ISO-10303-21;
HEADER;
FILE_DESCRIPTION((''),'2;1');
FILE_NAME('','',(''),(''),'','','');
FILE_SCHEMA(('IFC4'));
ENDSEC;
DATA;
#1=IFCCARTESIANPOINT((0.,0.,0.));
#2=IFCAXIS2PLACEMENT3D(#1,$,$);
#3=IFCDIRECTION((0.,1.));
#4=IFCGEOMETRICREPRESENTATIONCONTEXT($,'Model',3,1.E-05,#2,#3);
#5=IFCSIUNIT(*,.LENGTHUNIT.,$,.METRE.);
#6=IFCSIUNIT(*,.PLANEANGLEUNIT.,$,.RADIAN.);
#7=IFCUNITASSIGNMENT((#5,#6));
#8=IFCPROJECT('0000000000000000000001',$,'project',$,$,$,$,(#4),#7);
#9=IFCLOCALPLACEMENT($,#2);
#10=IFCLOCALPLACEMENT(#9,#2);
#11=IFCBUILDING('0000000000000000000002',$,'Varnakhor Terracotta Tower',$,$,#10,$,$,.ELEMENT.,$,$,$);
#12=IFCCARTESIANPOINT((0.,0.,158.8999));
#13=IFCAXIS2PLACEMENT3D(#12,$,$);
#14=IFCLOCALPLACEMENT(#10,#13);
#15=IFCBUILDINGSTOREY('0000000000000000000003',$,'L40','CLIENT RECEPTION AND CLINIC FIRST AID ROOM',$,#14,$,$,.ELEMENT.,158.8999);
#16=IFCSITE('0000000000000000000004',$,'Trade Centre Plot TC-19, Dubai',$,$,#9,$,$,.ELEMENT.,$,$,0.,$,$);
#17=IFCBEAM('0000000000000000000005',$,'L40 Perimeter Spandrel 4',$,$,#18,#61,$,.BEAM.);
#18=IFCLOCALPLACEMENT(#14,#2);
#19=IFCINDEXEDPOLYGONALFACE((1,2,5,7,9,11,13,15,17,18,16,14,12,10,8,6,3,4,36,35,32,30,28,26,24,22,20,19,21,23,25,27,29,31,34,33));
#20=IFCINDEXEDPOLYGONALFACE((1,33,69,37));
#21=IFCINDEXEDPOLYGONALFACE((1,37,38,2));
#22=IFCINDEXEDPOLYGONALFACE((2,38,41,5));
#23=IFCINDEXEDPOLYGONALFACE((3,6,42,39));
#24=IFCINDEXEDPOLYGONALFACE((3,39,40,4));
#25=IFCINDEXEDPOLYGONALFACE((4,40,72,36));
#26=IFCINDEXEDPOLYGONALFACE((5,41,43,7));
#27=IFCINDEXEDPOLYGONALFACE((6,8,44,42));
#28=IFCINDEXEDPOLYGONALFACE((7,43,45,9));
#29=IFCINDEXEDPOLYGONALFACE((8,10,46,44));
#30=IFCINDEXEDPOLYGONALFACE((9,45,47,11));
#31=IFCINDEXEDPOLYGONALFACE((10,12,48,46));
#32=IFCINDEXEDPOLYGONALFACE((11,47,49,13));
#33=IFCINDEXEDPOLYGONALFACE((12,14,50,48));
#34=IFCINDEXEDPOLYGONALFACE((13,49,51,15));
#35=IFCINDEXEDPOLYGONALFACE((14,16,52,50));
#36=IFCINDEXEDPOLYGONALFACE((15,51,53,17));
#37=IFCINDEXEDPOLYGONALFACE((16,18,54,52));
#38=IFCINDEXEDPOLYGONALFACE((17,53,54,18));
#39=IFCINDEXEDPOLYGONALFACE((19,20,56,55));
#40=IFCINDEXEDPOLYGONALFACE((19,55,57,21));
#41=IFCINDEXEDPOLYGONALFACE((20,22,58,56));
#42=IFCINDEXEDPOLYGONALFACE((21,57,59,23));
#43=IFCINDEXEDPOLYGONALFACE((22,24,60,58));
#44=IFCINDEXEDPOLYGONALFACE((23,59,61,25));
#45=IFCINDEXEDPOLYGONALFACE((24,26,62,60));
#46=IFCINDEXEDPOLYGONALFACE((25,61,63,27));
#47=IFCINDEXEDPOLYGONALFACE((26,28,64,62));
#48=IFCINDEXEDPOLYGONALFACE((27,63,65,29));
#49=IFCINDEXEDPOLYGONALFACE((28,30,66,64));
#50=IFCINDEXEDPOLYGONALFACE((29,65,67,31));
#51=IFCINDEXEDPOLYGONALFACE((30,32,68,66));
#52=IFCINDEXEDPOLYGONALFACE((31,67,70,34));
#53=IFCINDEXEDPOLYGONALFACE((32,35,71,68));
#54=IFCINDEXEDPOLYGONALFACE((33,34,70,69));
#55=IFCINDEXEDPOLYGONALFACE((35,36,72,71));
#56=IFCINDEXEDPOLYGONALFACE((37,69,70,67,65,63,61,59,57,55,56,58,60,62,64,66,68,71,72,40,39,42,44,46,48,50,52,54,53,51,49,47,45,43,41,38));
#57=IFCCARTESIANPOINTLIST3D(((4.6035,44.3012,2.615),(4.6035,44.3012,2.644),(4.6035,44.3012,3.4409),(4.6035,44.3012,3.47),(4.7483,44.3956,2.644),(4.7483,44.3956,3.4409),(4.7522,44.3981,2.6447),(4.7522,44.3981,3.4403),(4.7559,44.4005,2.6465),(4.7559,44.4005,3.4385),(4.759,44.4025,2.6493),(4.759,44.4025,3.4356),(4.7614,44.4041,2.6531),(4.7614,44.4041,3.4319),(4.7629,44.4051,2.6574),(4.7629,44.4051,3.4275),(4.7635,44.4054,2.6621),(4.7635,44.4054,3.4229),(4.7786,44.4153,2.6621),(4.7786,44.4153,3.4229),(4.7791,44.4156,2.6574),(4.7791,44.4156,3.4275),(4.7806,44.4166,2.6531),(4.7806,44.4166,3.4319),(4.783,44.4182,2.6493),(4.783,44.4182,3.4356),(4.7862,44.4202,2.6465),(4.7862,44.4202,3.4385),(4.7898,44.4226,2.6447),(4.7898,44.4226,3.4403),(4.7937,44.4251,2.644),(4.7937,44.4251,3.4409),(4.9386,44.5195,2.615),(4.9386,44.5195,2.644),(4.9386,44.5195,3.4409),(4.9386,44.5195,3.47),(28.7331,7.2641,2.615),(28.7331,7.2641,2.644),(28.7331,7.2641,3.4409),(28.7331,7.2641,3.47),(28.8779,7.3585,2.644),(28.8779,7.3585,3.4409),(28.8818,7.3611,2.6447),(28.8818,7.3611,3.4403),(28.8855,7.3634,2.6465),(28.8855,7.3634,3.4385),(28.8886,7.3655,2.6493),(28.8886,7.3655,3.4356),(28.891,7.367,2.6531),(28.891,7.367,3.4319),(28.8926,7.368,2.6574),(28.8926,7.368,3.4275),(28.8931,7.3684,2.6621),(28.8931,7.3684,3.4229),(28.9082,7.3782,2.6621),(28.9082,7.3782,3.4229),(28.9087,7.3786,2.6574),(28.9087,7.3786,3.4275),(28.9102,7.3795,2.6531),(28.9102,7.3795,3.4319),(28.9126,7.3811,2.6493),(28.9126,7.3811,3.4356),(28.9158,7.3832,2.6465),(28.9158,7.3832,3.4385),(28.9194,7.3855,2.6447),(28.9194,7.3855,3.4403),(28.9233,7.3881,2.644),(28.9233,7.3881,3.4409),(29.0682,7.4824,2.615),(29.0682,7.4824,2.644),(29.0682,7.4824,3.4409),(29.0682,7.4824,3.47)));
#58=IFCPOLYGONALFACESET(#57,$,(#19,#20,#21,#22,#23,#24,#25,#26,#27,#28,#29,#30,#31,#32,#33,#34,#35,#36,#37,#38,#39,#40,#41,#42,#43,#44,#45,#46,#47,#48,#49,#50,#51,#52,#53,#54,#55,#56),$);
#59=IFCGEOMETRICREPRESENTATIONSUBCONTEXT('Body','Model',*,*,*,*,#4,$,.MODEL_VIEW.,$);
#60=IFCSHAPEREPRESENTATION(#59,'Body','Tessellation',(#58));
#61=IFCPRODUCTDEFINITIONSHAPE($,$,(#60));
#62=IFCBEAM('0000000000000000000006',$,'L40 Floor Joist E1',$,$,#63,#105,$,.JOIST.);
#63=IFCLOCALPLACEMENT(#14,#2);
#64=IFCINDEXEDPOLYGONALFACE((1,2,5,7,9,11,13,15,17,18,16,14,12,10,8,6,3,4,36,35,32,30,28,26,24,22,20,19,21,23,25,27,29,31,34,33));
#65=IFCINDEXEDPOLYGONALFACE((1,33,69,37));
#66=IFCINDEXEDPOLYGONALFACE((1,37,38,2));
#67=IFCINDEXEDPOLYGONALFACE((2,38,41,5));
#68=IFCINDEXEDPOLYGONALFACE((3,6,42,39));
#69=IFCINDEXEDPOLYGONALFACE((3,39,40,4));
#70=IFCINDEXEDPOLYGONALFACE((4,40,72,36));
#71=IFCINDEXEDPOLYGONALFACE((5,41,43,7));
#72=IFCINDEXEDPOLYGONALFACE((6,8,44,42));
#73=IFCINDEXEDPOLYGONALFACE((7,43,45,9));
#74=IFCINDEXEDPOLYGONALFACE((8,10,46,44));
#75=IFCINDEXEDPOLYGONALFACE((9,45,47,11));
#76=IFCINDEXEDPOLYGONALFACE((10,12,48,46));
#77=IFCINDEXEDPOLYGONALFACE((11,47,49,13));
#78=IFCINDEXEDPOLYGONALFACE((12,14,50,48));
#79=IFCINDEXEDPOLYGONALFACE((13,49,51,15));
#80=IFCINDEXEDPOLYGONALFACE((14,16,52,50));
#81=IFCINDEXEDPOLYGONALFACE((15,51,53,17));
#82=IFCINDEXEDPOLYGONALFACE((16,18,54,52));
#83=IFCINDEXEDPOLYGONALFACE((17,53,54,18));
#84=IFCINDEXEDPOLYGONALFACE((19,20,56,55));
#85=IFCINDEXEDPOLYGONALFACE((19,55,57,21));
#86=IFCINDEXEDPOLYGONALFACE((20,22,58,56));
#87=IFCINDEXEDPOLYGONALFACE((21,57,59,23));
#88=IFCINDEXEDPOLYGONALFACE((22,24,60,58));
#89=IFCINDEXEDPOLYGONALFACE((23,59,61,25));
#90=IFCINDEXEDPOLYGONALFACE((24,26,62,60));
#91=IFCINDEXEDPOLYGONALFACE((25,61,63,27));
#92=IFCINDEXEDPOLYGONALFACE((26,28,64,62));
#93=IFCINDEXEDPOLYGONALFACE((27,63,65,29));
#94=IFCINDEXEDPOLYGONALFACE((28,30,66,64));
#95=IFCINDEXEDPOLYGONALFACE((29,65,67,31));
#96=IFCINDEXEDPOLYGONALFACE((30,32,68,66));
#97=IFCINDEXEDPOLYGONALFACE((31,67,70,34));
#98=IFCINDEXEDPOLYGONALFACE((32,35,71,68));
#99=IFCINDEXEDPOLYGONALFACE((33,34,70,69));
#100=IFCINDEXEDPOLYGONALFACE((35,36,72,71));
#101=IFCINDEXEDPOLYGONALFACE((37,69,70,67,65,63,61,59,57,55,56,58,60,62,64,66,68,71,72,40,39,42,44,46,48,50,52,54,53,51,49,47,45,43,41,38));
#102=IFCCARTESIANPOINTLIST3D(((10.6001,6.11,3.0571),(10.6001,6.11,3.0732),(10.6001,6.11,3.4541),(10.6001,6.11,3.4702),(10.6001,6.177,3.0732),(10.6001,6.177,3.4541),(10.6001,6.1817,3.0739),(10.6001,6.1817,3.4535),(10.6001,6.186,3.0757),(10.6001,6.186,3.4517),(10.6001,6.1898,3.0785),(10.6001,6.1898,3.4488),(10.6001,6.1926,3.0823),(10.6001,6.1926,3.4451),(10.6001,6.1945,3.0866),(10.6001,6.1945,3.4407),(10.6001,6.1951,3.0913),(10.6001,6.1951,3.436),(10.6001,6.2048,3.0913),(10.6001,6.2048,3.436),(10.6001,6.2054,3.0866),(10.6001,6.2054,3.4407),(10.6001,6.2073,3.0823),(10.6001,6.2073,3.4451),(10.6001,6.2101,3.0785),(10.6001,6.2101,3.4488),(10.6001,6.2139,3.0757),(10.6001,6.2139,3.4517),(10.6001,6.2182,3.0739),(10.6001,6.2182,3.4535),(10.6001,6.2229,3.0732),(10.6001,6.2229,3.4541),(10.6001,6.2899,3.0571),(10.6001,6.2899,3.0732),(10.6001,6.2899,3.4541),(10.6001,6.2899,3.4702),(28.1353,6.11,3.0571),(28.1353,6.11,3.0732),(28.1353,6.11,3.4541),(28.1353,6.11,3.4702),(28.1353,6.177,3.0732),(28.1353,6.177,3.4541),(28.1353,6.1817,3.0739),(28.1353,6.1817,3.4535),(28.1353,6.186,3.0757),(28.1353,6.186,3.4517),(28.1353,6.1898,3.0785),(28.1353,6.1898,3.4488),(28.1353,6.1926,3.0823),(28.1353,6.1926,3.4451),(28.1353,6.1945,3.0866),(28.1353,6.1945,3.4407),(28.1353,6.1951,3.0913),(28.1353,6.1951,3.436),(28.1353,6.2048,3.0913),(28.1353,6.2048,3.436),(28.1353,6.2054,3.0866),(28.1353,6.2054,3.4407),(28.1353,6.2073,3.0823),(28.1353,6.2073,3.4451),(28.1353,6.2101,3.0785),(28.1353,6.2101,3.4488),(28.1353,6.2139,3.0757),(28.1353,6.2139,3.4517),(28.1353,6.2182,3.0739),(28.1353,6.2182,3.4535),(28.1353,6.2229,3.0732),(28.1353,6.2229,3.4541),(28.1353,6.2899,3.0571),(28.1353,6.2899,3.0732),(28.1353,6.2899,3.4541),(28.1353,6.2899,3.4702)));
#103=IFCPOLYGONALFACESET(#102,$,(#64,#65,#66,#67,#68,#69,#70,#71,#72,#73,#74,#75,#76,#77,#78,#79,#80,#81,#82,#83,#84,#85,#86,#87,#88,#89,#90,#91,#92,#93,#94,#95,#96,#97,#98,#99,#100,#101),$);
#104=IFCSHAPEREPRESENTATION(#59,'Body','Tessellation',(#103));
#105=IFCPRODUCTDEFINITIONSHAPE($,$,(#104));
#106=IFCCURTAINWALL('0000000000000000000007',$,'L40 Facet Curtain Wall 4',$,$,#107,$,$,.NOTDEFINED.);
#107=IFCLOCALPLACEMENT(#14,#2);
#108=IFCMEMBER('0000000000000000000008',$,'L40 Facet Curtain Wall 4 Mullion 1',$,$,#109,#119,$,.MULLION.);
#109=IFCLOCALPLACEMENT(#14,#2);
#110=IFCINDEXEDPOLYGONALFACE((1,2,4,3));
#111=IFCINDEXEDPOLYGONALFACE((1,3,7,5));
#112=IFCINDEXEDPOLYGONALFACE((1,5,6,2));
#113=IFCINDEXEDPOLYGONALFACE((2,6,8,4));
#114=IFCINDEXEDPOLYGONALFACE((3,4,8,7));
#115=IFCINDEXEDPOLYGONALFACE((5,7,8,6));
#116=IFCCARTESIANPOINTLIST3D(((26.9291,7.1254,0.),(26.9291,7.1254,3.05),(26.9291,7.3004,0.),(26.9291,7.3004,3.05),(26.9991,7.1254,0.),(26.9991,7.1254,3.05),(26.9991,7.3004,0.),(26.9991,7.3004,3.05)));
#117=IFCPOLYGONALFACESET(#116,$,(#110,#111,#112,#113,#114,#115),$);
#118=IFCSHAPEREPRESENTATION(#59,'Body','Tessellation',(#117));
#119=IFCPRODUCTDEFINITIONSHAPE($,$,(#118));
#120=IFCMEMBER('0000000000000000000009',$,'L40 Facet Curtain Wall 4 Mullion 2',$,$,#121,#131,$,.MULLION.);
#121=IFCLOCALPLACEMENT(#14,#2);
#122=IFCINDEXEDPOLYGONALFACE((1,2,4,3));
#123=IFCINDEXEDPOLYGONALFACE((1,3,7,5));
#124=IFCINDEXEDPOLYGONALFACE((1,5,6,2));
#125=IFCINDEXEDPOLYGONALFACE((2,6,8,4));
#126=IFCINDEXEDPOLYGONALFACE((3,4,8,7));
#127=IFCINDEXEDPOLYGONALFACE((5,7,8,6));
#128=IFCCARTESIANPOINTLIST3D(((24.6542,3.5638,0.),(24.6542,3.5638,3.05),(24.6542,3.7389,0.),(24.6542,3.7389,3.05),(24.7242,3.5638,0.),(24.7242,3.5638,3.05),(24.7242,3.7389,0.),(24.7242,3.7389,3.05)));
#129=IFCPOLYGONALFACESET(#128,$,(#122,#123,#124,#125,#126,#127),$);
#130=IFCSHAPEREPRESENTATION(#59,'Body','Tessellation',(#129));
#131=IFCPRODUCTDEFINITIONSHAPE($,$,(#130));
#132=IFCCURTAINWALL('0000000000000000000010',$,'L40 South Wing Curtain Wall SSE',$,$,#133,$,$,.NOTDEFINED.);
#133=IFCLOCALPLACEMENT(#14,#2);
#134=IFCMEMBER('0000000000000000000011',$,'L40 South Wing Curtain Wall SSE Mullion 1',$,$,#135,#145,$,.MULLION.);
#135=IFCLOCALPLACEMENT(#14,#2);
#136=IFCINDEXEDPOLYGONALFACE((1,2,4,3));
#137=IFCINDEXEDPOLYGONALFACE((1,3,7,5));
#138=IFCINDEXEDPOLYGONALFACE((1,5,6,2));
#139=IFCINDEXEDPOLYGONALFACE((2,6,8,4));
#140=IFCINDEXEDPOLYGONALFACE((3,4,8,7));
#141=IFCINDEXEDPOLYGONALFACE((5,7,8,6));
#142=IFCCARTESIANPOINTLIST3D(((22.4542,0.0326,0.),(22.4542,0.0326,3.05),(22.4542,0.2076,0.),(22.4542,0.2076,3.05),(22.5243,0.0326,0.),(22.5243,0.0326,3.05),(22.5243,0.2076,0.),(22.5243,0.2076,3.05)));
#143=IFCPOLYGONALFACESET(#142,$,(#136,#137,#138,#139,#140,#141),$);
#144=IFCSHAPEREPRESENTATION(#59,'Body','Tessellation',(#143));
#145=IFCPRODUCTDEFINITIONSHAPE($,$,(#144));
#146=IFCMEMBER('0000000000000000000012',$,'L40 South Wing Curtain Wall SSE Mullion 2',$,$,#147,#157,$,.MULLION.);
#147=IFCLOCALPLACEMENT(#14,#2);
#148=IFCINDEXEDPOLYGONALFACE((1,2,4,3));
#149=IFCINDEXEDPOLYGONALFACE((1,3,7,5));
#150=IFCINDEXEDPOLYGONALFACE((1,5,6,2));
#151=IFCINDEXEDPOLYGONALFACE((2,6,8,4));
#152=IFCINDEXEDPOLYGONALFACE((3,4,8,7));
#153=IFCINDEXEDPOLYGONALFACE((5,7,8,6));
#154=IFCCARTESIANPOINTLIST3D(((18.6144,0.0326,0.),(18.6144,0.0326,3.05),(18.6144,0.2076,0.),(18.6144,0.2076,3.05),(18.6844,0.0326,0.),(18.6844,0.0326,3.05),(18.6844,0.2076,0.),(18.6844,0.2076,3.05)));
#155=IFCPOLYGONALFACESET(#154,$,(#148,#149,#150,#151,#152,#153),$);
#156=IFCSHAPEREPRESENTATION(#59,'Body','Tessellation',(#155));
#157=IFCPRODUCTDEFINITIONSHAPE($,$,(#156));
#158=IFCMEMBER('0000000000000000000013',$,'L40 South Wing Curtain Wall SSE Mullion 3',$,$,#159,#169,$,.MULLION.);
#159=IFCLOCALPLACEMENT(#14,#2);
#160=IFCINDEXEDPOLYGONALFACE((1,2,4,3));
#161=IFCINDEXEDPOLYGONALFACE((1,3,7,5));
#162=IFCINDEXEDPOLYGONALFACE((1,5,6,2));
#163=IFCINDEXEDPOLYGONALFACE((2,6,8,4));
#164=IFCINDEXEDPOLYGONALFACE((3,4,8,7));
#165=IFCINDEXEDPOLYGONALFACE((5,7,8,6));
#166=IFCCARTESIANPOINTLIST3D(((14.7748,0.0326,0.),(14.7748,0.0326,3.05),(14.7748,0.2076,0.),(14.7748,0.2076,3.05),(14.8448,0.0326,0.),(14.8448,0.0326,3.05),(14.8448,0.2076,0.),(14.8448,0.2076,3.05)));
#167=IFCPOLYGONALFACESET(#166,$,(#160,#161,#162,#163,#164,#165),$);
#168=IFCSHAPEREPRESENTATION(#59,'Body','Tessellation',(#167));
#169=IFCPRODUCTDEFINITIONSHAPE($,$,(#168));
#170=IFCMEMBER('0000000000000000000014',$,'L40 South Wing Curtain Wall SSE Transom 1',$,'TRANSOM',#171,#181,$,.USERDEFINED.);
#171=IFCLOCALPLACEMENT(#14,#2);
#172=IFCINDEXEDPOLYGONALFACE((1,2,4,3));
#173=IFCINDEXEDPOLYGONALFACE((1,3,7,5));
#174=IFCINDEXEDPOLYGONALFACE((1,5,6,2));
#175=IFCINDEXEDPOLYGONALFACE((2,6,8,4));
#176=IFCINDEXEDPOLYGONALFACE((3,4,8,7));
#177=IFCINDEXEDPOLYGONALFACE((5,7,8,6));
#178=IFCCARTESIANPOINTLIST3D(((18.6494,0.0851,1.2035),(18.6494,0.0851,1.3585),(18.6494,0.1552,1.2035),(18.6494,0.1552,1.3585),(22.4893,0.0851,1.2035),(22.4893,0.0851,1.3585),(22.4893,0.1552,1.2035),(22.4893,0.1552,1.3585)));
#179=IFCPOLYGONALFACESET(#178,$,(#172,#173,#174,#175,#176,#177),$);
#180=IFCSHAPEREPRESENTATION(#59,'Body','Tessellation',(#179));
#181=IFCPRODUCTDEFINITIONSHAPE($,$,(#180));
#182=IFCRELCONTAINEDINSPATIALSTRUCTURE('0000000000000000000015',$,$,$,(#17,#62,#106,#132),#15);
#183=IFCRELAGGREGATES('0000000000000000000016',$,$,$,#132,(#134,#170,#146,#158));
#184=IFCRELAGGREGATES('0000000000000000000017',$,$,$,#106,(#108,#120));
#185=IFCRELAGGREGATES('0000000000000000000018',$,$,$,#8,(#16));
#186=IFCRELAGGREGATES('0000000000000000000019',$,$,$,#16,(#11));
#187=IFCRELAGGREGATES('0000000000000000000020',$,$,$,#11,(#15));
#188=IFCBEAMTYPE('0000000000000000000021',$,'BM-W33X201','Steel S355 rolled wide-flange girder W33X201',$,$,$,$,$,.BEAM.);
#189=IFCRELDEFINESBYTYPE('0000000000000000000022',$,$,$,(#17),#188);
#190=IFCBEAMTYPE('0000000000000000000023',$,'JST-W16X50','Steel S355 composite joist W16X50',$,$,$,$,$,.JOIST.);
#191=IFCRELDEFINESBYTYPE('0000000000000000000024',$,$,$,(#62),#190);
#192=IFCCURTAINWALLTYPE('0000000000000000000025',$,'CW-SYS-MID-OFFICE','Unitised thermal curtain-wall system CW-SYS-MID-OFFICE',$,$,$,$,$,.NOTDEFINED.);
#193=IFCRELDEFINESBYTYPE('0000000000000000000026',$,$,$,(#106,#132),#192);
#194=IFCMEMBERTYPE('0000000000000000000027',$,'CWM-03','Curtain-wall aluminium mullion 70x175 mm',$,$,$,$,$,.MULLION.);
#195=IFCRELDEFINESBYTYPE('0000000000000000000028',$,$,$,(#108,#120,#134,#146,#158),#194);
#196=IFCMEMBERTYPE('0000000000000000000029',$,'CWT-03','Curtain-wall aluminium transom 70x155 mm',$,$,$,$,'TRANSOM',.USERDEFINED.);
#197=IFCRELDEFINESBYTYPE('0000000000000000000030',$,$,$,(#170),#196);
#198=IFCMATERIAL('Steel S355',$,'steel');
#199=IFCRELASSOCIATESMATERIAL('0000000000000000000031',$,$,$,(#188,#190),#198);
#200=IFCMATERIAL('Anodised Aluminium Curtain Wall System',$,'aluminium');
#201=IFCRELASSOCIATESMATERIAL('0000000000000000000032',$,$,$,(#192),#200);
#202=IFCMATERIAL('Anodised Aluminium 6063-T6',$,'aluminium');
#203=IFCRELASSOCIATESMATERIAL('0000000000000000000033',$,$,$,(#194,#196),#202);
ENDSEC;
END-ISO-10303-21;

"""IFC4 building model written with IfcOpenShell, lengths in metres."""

from ifc_helpers import new_model, si_unit, direction, frame, origin, origin_2d, place, context, subcontext, project, spatial, rectangle, i_section, extrude, source, transform, mapped, material, material_profile, profile_set, type_object, element, aggregate, save


model = new_model("IFC4")

# Units and contexts
model_context = context("Model", 3, precision=1e-05, world=origin(), true_north=direction((0.0, 1.0)))
body_context = subcontext(model_context, "Body", "Model", "MODEL_VIEW")
ifc_project = project(units=[si_unit("LENGTHUNIT", "METRE"), si_unit("PLANEANGLEUNIT", "RADIAN")], contexts=[model_context])

# Site, building, storey
site_placement = place(None, origin())
site = spatial("IfcSite", under=ifc_project, at=site_placement, Name="Trade Centre Plot TC-19, Dubai", CompositionType="ELEMENT", RefElevation=0.0)
building_placement = place(site_placement, origin())
building = spatial("IfcBuilding", under=site, at=building_placement, Name="Varnakhor Terracotta Tower", CompositionType="ELEMENT")
storey_placement = place(building_placement, frame((0.0, 0.0, 158.8999)))
storey = spatial("IfcBuildingStorey", under=building, at=storey_placement, Name="L40", Description="CLIENT RECEPTION AND CLINIC FIRST AID ROOM", CompositionType="ELEMENT", Elevation=158.8999)

# Beams
ifc_material_1 = material(Name="Steel S355", Category="steel")
ifc_material_profile_1 = material_profile(ifc_material_1, i_section(OverallWidth=0.3999, OverallDepth=0.855, WebThickness=0.0181, FlangeThickness=0.0291, FilletRadius=0.0181, at=origin_2d()), Name="W33X201")
ifc_profile_set_1 = profile_set([ifc_material_profile_1], Name="Steel S355")
beam_type_1 = type_object("IfcBeamType", Name="BM-W33X201", Description="Steel S355 rolled wide-flange girder W33X201", PredefinedType="BEAM", material=ifc_profile_set_1)
shared_shape_1 = source(origin(), body_context, "Body", "SweptSolid", [
    extrude(i_section(OverallWidth=0.3999, OverallDepth=0.855, WebThickness=0.0181, FlangeThickness=0.0291, FilletRadius=0.0181, at=origin_2d()), origin(), (0.0, 0.0, 1.0), 44.2039),
])
beam_1_placement = place(storey_placement, frame((28.9006, 7.3733, 3.0425), z_axis=(-0.545871, 0.837869, 0.0), x_axis=(-0.837869, -0.545871, 0.0)))
element("IfcBeam", 1, at=beam_1_placement, inside=storey, type_object=beam_type_1, Name="L40 Perimeter Spandrel 4", PredefinedType="BEAM", context=body_context, shape_type="MappedRepresentation", body=[
    mapped(shared_shape_1, transform((0.0, 0.0, 0.0), scale=1.0)),
])
ifc_material_profile_2 = material_profile(ifc_material_1, i_section(OverallWidth=0.1799, OverallDepth=0.4131, WebThickness=0.0098, FlangeThickness=0.0161, FilletRadius=0.0181, at=origin_2d()), Name="W16X50")
ifc_profile_set_2 = profile_set([ifc_material_profile_2], Name="Steel S355")
beam_type_2 = type_object("IfcBeamType", Name="JST-W16X50", Description="Steel S355 composite joist W16X50", PredefinedType="JOIST", material=ifc_profile_set_2)
shared_shape_2 = source(origin(), body_context, "Body", "SweptSolid", [
    extrude(i_section(OverallWidth=0.1799, OverallDepth=0.4131, WebThickness=0.0098, FlangeThickness=0.0161, FilletRadius=0.0181, at=origin_2d()), origin(), (0.0, 0.0, 1.0), 17.5352),
])
beam_2_placement = place(storey_placement, frame((10.6001, 6.2, 3.2637), z_axis=(1.0, 0.0, 0.0), x_axis=(0.0, 1.0, 0.0)))
element("IfcBeam", 2, at=beam_2_placement, inside=storey, type_object=beam_type_2, Name="L40 Floor Joist E1", PredefinedType="JOIST", context=body_context, shape_type="MappedRepresentation", body=[
    mapped(shared_shape_2, transform((0.0, 0.0, 0.0), scale=1.0)),
])

# Curtain walls, members
ifc_material_2 = material(Name="Anodised Aluminium Curtain Wall System", Category="aluminium")
curtain_wall_type = type_object("IfcCurtainWallType", Name="CW-SYS-MID-OFFICE", Description="Unitised thermal curtain-wall system CW-SYS-MID-OFFICE", PredefinedType="NOTDEFINED", material=ifc_material_2)
curtain_wall_1_placement = place(storey_placement, origin())
curtain_wall_1 = element("IfcCurtainWall", 3, at=curtain_wall_1_placement, inside=storey, type_object=curtain_wall_type, Name="L40 Facet Curtain Wall 4", PredefinedType="NOTDEFINED")
ifc_material_3 = material(Name="Anodised Aluminium 6063-T6", Category="aluminium")
ifc_material_profile_3 = material_profile(ifc_material_3, rectangle(XDim=0.0701, YDim=0.175, at=origin_2d()), Name="ALU MULLION 70x175")
ifc_profile_set_3 = profile_set([ifc_material_profile_3], Name="Anodised Aluminium 6063-T6")
member_type_1 = type_object("IfcMemberType", Name="CWM-03", Description="Curtain-wall aluminium mullion 70x175 mm", PredefinedType="MULLION", material=ifc_profile_set_3)
shared_shape_3 = source(origin(), body_context, "Body", "SweptSolid", [
    extrude(rectangle(XDim=0.0701, YDim=0.175, at=origin_2d()), origin(), (0.0, 0.0, 1.0), 3.05),
])
member_1_placement = place(storey_placement, frame((26.9641, 7.2129, 0.0), z_axis=(0.0, 0.0, 1.0), x_axis=(1.0, 0.0, 0.0)))
member_1 = element("IfcMember", 4, at=member_1_placement, type_object=member_type_1, Name="L40 Facet Curtain Wall 4 Mullion 1", PredefinedType="MULLION", context=body_context, shape_type="MappedRepresentation", body=[
    mapped(shared_shape_3, transform((0.0, 0.0, 0.0), scale=1.0)),
])
member_2_placement = place(storey_placement, frame((24.6892, 3.6514, 0.0), z_axis=(0.0, 0.0, 1.0), x_axis=(1.0, 0.0, 0.0)))
member_2 = element("IfcMember", 5, at=member_2_placement, type_object=member_type_1, Name="L40 Facet Curtain Wall 4 Mullion 2", PredefinedType="MULLION", context=body_context, shape_type="MappedRepresentation", body=[
    mapped(shared_shape_3, transform((0.0, 0.0, 0.0), scale=1.0)),
])
curtain_wall_2_placement = place(storey_placement, origin())
curtain_wall_2 = element("IfcCurtainWall", 6, at=curtain_wall_2_placement, inside=storey, type_object=curtain_wall_type, Name="L40 South Wing Curtain Wall SSE", PredefinedType="NOTDEFINED")
member_3_placement = place(storey_placement, frame((22.4893, 0.1201, 0.0), z_axis=(0.0, 0.0, 1.0), x_axis=(1.0, 0.0, 0.0)))
member_3 = element("IfcMember", 7, at=member_3_placement, type_object=member_type_1, Name="L40 South Wing Curtain Wall SSE Mullion 1", PredefinedType="MULLION", context=body_context, shape_type="MappedRepresentation", body=[
    mapped(shared_shape_3, transform((0.0, 0.0, 0.0), scale=1.0)),
])
member_4_placement = place(storey_placement, frame((18.6494, 0.1201, 0.0), z_axis=(0.0, 0.0, 1.0), x_axis=(1.0, 0.0, 0.0)))
member_4 = element("IfcMember", 8, at=member_4_placement, type_object=member_type_1, Name="L40 South Wing Curtain Wall SSE Mullion 2", PredefinedType="MULLION", context=body_context, shape_type="MappedRepresentation", body=[
    mapped(shared_shape_3, transform((0.0, 0.0, 0.0), scale=1.0)),
])
member_5_placement = place(storey_placement, frame((14.8098, 0.1201, 0.0), z_axis=(0.0, 0.0, 1.0), x_axis=(1.0, 0.0, 0.0)))
member_5 = element("IfcMember", 9, at=member_5_placement, type_object=member_type_1, Name="L40 South Wing Curtain Wall SSE Mullion 3", PredefinedType="MULLION", context=body_context, shape_type="MappedRepresentation", body=[
    mapped(shared_shape_3, transform((0.0, 0.0, 0.0), scale=1.0)),
])
ifc_material_profile_4 = material_profile(ifc_material_3, rectangle(XDim=0.0701, YDim=0.155, at=origin_2d()), Name="ALU TRANSOM 70x155")
ifc_profile_set_4 = profile_set([ifc_material_profile_4], Name="Anodised Aluminium 6063-T6")
member_type_2 = type_object("IfcMemberType", Name="CWT-03", Description="Curtain-wall aluminium transom 70x155 mm", ElementType="TRANSOM", PredefinedType="USERDEFINED", material=ifc_profile_set_4)
shared_shape_4 = source(origin(), body_context, "Body", "SweptSolid", [
    extrude(rectangle(XDim=0.0701, YDim=0.155, at=origin_2d()), origin(), (0.0, 0.0, 1.0), 3.8398),
])
member_6_placement = place(storey_placement, frame((22.4893, 0.1201, 1.281), z_axis=(-1.0, 0.0, 0.0), x_axis=(0.0, -1.0, 0.0)))
member_6 = element("IfcMember", 10, at=member_6_placement, type_object=member_type_2, Name="L40 South Wing Curtain Wall SSE Transom 1", ObjectType="TRANSOM", PredefinedType="USERDEFINED", context=body_context, shape_type="MappedRepresentation", body=[
    mapped(shared_shape_4, transform((0.0, 0.0, 0.0), scale=1.0)),
])

aggregate(curtain_wall_2, [member_3, member_6, member_4, member_5])

aggregate(curtain_wall_1, [member_1, member_2])

save(model, "model.ifc")
